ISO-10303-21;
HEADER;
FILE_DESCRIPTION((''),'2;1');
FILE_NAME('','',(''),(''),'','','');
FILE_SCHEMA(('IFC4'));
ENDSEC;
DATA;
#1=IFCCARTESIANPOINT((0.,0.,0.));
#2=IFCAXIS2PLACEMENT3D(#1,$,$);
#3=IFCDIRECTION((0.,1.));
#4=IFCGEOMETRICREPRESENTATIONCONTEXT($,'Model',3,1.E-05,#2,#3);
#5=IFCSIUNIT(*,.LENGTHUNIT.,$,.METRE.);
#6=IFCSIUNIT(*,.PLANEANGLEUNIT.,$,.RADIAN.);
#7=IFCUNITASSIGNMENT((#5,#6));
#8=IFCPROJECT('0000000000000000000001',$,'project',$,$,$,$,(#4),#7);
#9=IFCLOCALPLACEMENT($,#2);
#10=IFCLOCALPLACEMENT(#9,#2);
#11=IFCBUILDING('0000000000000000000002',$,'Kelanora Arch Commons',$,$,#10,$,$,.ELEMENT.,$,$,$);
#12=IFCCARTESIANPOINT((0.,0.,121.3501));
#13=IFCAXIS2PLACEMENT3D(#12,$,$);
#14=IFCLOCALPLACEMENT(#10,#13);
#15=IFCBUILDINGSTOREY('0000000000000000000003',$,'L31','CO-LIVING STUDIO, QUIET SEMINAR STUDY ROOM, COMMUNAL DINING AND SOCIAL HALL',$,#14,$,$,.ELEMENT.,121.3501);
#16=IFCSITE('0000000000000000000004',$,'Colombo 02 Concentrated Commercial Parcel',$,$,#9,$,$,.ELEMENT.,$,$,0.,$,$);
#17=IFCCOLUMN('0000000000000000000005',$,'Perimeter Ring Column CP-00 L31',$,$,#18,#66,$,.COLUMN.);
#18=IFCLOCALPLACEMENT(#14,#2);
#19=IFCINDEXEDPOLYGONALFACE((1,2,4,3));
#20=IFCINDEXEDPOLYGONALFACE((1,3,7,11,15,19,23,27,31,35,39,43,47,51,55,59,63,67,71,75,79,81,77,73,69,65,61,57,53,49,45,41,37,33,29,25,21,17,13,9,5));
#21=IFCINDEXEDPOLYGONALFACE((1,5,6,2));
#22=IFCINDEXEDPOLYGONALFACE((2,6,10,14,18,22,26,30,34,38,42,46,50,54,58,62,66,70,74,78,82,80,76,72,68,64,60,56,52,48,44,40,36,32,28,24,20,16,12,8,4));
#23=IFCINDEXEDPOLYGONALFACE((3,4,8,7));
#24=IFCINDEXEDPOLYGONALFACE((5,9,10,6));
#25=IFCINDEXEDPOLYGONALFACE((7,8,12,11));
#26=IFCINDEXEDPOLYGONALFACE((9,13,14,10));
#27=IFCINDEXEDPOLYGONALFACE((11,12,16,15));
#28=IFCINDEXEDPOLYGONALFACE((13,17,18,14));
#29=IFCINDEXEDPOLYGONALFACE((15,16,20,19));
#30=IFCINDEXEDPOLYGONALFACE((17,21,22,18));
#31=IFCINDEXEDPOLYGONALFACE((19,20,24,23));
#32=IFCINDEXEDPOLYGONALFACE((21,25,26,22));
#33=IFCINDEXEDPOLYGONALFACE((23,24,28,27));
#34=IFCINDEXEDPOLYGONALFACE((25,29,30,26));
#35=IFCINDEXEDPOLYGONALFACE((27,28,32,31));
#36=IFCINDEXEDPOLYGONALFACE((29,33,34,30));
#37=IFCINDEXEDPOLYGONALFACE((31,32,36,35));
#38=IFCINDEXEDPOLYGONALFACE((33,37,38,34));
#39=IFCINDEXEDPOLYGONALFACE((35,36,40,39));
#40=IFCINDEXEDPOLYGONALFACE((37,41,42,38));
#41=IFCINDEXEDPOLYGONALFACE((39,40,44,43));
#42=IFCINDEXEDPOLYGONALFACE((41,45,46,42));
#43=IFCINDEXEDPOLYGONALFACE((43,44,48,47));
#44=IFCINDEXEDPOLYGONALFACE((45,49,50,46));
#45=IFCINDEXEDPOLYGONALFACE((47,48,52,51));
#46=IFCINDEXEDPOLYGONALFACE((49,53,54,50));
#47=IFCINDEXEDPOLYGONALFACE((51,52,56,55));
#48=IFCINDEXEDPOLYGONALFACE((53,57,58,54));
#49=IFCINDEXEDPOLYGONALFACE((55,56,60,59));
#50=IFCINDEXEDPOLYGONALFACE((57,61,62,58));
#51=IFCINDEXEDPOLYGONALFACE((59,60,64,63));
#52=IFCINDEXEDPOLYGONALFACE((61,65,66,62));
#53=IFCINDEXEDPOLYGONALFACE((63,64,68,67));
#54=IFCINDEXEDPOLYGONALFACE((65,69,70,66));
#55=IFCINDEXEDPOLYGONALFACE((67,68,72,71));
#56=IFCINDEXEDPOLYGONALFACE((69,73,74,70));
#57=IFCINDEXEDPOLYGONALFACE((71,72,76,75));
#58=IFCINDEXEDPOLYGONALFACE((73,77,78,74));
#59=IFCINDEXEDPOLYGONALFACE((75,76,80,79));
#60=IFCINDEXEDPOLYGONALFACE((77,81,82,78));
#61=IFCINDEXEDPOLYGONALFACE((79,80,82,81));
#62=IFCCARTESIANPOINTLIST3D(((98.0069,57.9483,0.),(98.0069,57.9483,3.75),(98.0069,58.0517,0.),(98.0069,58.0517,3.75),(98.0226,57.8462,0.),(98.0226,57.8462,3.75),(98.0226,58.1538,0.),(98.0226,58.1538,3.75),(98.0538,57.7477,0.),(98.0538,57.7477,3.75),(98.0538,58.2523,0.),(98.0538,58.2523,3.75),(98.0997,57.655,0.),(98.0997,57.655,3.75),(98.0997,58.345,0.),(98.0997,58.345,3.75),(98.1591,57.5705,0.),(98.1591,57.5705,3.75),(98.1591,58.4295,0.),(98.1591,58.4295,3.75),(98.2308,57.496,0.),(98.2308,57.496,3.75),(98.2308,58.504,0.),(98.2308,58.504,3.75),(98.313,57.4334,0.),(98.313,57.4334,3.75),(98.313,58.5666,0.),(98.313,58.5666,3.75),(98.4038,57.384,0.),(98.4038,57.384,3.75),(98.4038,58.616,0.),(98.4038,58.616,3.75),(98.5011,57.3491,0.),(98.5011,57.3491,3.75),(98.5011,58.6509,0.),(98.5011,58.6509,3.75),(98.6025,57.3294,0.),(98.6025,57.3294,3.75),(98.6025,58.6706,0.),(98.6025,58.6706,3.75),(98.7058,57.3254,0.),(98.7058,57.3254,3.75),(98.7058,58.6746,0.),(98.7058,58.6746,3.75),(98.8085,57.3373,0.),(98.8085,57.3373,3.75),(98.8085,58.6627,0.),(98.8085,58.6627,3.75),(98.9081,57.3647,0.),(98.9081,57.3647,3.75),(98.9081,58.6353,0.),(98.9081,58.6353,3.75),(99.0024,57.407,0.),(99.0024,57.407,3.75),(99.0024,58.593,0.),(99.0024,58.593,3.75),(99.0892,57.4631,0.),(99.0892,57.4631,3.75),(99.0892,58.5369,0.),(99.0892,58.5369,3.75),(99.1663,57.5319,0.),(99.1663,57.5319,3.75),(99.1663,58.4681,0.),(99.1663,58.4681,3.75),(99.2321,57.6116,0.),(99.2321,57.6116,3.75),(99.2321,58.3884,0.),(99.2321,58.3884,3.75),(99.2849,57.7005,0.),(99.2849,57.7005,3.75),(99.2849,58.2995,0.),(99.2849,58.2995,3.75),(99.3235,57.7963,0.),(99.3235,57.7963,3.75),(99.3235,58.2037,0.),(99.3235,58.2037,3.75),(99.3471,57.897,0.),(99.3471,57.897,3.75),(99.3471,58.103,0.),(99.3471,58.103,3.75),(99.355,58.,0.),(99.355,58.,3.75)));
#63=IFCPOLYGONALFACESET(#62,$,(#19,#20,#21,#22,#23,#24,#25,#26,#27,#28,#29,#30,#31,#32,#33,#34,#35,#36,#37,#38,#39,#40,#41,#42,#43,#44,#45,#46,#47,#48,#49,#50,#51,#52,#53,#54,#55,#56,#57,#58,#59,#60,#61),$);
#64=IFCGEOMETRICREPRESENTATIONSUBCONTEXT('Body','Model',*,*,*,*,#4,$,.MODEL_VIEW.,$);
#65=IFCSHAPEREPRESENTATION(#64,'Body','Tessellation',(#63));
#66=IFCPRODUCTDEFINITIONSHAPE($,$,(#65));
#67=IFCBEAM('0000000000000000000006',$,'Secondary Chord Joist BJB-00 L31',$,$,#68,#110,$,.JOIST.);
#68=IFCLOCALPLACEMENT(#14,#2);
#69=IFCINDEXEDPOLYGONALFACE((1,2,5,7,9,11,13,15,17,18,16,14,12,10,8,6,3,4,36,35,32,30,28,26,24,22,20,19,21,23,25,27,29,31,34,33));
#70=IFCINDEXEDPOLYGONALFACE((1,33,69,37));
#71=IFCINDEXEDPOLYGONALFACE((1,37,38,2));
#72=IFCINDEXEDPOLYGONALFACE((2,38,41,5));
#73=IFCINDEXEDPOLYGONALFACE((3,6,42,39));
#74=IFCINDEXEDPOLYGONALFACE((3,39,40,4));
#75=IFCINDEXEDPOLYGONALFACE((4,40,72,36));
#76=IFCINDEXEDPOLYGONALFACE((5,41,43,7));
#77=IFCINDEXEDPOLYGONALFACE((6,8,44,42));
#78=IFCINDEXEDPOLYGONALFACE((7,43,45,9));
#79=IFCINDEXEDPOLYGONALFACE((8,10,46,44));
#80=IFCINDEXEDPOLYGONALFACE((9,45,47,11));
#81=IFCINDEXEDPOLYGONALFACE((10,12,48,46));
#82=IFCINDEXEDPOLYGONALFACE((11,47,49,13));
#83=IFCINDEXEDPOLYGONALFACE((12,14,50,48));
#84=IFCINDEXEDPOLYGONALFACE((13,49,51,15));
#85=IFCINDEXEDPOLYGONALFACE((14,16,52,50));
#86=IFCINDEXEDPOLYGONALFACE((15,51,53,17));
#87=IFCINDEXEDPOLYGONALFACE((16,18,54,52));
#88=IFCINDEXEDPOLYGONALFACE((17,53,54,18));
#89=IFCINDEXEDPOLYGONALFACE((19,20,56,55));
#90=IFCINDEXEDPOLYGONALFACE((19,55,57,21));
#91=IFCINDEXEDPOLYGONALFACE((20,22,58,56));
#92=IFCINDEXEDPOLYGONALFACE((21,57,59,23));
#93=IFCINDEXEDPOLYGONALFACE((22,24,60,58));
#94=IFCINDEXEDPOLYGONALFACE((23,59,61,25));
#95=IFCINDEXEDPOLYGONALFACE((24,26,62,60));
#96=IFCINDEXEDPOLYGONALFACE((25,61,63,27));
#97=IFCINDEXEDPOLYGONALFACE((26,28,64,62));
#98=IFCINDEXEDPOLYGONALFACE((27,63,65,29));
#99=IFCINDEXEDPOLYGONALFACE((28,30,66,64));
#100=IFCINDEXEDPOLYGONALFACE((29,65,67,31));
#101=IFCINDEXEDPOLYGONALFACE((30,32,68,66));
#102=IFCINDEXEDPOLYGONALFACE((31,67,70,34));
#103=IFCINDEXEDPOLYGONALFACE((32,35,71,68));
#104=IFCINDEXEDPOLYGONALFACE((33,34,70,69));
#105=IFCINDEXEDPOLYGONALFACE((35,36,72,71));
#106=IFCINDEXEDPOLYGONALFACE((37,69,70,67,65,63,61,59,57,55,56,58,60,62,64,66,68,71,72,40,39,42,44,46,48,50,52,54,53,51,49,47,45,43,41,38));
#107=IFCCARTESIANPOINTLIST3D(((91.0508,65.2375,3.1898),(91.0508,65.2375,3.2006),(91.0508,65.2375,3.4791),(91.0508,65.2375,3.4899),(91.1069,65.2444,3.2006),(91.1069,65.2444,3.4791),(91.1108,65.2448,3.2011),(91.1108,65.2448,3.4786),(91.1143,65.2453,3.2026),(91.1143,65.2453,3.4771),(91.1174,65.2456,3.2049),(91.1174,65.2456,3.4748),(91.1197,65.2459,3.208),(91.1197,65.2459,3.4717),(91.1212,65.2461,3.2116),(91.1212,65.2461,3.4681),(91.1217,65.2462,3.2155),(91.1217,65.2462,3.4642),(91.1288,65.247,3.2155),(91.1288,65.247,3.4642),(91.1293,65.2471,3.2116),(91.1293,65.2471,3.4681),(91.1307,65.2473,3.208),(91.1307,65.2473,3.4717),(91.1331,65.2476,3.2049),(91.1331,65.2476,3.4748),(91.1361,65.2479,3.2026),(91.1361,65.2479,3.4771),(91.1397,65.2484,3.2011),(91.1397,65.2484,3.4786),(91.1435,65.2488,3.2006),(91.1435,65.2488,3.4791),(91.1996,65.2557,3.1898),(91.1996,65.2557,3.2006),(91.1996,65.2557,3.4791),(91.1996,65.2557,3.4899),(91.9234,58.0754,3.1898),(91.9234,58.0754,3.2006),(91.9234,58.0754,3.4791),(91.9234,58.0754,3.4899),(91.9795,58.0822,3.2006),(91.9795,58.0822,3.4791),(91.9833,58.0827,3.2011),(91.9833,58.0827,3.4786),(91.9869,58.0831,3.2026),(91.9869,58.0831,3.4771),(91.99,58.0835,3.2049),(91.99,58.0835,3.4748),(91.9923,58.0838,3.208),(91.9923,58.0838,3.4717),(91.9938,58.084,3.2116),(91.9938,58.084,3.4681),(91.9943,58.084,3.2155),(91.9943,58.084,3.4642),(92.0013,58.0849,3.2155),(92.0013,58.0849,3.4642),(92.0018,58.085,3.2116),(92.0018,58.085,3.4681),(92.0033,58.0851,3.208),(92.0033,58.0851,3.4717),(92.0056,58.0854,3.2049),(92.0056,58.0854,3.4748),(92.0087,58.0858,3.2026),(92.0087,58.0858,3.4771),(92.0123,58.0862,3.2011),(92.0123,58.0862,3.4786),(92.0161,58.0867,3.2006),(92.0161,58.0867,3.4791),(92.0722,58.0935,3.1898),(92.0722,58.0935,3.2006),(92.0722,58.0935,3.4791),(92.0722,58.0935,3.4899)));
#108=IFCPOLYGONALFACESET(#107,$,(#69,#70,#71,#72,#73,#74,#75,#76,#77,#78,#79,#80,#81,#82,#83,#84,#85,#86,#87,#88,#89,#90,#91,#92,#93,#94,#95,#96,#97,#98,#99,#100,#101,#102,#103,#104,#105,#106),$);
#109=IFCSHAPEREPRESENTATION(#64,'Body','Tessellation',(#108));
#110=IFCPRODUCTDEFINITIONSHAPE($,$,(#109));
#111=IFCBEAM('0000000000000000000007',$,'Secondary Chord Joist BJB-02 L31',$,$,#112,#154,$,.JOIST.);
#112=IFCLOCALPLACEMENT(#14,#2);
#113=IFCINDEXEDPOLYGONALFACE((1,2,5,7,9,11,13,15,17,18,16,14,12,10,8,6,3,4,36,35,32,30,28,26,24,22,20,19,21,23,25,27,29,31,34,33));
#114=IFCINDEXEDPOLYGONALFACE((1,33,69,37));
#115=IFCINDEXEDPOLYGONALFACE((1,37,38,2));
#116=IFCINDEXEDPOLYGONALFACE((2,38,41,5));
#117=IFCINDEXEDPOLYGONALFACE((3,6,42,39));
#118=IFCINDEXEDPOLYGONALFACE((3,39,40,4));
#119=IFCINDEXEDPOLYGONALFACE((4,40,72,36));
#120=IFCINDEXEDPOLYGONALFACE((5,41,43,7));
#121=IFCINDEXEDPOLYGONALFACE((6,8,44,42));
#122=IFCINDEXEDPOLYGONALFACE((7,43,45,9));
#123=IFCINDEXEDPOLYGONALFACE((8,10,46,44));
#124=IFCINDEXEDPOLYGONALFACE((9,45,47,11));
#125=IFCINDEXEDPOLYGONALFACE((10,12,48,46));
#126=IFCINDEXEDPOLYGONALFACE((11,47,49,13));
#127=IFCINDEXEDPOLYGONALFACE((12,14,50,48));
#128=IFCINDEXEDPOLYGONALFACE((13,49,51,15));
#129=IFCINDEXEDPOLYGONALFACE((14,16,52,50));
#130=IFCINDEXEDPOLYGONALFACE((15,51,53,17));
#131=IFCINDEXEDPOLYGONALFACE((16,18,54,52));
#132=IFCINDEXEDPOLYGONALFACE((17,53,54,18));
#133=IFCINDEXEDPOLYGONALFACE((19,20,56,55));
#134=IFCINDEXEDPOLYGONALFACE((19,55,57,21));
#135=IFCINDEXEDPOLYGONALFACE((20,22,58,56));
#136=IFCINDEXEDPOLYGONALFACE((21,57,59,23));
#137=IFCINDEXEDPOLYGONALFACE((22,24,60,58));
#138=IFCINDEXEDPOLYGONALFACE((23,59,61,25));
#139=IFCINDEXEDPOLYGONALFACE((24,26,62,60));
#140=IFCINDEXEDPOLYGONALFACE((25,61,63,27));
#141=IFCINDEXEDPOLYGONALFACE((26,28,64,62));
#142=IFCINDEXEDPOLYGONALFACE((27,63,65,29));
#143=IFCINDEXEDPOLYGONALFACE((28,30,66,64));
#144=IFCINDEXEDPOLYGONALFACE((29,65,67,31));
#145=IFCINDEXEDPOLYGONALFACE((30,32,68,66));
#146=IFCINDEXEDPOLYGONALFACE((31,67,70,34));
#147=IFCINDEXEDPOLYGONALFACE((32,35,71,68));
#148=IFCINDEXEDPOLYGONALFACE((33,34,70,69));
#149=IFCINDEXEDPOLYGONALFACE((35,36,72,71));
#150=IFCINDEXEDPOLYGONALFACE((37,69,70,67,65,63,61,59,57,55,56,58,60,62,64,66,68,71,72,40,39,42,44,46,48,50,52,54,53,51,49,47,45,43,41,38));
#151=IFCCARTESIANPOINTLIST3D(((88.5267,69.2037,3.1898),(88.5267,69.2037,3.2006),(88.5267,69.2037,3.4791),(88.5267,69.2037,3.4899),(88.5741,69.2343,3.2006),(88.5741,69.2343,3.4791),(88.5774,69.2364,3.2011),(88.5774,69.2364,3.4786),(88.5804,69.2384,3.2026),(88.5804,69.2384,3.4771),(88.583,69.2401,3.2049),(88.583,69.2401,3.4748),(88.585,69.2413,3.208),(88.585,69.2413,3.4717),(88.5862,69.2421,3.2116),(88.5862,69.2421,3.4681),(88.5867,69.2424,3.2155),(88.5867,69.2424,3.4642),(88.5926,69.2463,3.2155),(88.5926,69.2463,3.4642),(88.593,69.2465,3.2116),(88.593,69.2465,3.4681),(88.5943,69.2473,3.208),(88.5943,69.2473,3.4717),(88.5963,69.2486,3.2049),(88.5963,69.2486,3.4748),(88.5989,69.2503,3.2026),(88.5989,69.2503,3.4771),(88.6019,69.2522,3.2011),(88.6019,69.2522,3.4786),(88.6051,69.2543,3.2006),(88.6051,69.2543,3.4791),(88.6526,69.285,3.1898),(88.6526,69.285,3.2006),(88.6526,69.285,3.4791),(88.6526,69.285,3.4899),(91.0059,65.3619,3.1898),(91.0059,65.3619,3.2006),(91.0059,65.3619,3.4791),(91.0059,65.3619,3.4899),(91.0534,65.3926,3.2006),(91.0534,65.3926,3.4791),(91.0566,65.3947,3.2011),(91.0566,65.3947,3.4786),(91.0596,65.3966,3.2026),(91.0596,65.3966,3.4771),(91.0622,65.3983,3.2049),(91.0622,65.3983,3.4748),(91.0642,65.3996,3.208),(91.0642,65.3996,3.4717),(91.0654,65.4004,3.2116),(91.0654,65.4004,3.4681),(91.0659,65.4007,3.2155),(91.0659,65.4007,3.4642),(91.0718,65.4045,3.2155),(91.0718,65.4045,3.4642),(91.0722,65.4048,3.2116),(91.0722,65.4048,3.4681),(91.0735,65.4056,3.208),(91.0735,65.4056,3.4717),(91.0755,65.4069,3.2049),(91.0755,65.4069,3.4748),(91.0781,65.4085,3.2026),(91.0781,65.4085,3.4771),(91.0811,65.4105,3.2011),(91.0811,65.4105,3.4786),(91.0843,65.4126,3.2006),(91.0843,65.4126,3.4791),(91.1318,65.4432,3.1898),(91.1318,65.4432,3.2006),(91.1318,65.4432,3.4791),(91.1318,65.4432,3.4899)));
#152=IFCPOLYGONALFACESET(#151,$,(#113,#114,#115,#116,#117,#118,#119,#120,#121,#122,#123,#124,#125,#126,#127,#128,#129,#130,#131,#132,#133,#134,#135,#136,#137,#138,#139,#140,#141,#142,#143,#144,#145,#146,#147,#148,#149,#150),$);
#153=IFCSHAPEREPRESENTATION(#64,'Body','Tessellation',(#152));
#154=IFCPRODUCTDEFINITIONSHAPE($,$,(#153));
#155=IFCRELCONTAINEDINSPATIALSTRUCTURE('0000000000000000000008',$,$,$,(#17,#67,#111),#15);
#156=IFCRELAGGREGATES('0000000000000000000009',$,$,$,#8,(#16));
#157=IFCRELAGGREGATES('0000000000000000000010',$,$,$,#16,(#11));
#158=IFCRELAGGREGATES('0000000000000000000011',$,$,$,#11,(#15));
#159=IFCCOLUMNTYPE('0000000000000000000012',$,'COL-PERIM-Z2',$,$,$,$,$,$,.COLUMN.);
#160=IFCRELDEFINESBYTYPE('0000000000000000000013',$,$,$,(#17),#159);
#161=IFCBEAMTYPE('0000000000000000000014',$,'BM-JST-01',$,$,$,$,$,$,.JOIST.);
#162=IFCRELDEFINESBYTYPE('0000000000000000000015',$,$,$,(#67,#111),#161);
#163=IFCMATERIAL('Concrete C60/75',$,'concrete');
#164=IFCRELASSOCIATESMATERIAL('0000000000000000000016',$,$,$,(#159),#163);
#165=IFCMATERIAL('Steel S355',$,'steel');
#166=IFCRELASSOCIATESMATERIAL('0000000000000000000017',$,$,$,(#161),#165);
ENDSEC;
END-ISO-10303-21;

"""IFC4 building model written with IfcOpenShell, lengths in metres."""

from ifc_helpers import new_model, si_unit, direction, frame, origin, origin_2d, place, context, subcontext, project, spatial, circle, i_section, extrude, material, material_profile, profile_set, type_object, element, save


model = new_model("IFC4")

# Units and contexts
model_context = context("Model", 3, precision=1e-05, world=origin(), true_north=direction((0.0, 1.0)))
body_context = subcontext(model_context, "Body", "Model", "MODEL_VIEW")
ifc_project = project(units=[si_unit("LENGTHUNIT", "METRE"), si_unit("PLANEANGLEUNIT", "RADIAN")], contexts=[model_context])

# Site, building, storey
site_placement = place(None, origin())
site = spatial("IfcSite", under=ifc_project, at=site_placement, Name="Colombo 02 Concentrated Commercial Parcel", CompositionType="ELEMENT", RefElevation=0.0)
building_placement = place(site_placement, origin())
building = spatial("IfcBuilding", under=site, at=building_placement, Name="Kelanora Arch Commons", CompositionType="ELEMENT")
storey_placement = place(building_placement, frame((0.0, 0.0, 121.3501)))
storey = spatial("IfcBuildingStorey", under=building, at=storey_placement, Name="L31", Description="CO-LIVING STUDIO, QUIET SEMINAR STUDY ROOM, COMMUNAL DINING AND SOCIAL HALL", CompositionType="ELEMENT", Elevation=121.3501)

# Column
ifc_material_1 = material(Name="Concrete C60/75", Category="concrete")
ifc_material_profile_1 = material_profile(ifc_material_1, circle(Radius=0.675, at=origin_2d()), Name="RCC1350")
ifc_profile_set_1 = profile_set([ifc_material_profile_1], Name="Concrete C60/75")
column_type = type_object("IfcColumnType", Name="COL-PERIM-Z2", PredefinedType="COLUMN", material=ifc_profile_set_1)
column_placement = place(storey_placement, frame((98.6799, 58.0, 0.0), z_axis=(0.0, 0.0, 1.0), x_axis=(1.0, 0.0, 0.0)))
element("IfcColumn", 1, at=column_placement, inside=storey, type_object=column_type, Name="Perimeter Ring Column CP-00 L31", PredefinedType="COLUMN", context=body_context, shape_type="SweptSolid", body=[
    extrude(circle(Radius=0.675, at=origin_2d()), origin(), (0.0, 0.0, 1.0), 3.75),
])

# Beams
ifc_material_2 = material(Name="Steel S355", Category="steel")
ifc_material_profile_2 = material_profile(ifc_material_2, i_section(OverallWidth=0.1499, OverallDepth=0.3, WebThickness=0.0071, FlangeThickness=0.0107, FilletRadius=0.0149, at=origin_2d()), Name="IPE300")
ifc_profile_set_2 = profile_set([ifc_material_profile_2], Name="Steel S355")
beam_type_1 = type_object("IfcBeamType", Name="BM-JST-01", PredefinedType="JOIST", material=ifc_profile_set_2)
beam_1_placement = place(storey_placement, frame((91.9978, 58.0845, 3.3398), z_axis=(-0.120936, 0.99266, 0.0), x_axis=(-0.99266, -0.120936, 0.0)))
element("IfcBeam", 2, at=beam_1_placement, inside=storey, type_object=beam_type_1, Name="Secondary Chord Joist BJB-00 L31", PredefinedType="JOIST", context=body_context, shape_type="SweptSolid", body=[
    extrude(i_section(OverallWidth=0.1499, OverallDepth=0.3, WebThickness=0.0071, FlangeThickness=0.0107, FilletRadius=0.0149, at=origin_2d()), origin(), (0.0, 0.0, 1.0), 7.2151),
])
beam_2_placement = place(storey_placement, frame((91.0688, 65.4026, 3.3398), z_axis=(-0.54223, 0.84023, 0.0), x_axis=(-0.84023, -0.54223, 0.0)))
element("IfcBeam", 3, at=beam_2_placement, inside=storey, type_object=beam_type_1, Name="Secondary Chord Joist BJB-02 L31", PredefinedType="JOIST", context=body_context, shape_type="SweptSolid", body=[
    extrude(i_section(OverallWidth=0.1499, OverallDepth=0.3, WebThickness=0.0071, FlangeThickness=0.0107, FilletRadius=0.0149, at=origin_2d()), origin(), (0.0, 0.0, 1.0), 4.5723),
])

save(model, "model.ifc")
